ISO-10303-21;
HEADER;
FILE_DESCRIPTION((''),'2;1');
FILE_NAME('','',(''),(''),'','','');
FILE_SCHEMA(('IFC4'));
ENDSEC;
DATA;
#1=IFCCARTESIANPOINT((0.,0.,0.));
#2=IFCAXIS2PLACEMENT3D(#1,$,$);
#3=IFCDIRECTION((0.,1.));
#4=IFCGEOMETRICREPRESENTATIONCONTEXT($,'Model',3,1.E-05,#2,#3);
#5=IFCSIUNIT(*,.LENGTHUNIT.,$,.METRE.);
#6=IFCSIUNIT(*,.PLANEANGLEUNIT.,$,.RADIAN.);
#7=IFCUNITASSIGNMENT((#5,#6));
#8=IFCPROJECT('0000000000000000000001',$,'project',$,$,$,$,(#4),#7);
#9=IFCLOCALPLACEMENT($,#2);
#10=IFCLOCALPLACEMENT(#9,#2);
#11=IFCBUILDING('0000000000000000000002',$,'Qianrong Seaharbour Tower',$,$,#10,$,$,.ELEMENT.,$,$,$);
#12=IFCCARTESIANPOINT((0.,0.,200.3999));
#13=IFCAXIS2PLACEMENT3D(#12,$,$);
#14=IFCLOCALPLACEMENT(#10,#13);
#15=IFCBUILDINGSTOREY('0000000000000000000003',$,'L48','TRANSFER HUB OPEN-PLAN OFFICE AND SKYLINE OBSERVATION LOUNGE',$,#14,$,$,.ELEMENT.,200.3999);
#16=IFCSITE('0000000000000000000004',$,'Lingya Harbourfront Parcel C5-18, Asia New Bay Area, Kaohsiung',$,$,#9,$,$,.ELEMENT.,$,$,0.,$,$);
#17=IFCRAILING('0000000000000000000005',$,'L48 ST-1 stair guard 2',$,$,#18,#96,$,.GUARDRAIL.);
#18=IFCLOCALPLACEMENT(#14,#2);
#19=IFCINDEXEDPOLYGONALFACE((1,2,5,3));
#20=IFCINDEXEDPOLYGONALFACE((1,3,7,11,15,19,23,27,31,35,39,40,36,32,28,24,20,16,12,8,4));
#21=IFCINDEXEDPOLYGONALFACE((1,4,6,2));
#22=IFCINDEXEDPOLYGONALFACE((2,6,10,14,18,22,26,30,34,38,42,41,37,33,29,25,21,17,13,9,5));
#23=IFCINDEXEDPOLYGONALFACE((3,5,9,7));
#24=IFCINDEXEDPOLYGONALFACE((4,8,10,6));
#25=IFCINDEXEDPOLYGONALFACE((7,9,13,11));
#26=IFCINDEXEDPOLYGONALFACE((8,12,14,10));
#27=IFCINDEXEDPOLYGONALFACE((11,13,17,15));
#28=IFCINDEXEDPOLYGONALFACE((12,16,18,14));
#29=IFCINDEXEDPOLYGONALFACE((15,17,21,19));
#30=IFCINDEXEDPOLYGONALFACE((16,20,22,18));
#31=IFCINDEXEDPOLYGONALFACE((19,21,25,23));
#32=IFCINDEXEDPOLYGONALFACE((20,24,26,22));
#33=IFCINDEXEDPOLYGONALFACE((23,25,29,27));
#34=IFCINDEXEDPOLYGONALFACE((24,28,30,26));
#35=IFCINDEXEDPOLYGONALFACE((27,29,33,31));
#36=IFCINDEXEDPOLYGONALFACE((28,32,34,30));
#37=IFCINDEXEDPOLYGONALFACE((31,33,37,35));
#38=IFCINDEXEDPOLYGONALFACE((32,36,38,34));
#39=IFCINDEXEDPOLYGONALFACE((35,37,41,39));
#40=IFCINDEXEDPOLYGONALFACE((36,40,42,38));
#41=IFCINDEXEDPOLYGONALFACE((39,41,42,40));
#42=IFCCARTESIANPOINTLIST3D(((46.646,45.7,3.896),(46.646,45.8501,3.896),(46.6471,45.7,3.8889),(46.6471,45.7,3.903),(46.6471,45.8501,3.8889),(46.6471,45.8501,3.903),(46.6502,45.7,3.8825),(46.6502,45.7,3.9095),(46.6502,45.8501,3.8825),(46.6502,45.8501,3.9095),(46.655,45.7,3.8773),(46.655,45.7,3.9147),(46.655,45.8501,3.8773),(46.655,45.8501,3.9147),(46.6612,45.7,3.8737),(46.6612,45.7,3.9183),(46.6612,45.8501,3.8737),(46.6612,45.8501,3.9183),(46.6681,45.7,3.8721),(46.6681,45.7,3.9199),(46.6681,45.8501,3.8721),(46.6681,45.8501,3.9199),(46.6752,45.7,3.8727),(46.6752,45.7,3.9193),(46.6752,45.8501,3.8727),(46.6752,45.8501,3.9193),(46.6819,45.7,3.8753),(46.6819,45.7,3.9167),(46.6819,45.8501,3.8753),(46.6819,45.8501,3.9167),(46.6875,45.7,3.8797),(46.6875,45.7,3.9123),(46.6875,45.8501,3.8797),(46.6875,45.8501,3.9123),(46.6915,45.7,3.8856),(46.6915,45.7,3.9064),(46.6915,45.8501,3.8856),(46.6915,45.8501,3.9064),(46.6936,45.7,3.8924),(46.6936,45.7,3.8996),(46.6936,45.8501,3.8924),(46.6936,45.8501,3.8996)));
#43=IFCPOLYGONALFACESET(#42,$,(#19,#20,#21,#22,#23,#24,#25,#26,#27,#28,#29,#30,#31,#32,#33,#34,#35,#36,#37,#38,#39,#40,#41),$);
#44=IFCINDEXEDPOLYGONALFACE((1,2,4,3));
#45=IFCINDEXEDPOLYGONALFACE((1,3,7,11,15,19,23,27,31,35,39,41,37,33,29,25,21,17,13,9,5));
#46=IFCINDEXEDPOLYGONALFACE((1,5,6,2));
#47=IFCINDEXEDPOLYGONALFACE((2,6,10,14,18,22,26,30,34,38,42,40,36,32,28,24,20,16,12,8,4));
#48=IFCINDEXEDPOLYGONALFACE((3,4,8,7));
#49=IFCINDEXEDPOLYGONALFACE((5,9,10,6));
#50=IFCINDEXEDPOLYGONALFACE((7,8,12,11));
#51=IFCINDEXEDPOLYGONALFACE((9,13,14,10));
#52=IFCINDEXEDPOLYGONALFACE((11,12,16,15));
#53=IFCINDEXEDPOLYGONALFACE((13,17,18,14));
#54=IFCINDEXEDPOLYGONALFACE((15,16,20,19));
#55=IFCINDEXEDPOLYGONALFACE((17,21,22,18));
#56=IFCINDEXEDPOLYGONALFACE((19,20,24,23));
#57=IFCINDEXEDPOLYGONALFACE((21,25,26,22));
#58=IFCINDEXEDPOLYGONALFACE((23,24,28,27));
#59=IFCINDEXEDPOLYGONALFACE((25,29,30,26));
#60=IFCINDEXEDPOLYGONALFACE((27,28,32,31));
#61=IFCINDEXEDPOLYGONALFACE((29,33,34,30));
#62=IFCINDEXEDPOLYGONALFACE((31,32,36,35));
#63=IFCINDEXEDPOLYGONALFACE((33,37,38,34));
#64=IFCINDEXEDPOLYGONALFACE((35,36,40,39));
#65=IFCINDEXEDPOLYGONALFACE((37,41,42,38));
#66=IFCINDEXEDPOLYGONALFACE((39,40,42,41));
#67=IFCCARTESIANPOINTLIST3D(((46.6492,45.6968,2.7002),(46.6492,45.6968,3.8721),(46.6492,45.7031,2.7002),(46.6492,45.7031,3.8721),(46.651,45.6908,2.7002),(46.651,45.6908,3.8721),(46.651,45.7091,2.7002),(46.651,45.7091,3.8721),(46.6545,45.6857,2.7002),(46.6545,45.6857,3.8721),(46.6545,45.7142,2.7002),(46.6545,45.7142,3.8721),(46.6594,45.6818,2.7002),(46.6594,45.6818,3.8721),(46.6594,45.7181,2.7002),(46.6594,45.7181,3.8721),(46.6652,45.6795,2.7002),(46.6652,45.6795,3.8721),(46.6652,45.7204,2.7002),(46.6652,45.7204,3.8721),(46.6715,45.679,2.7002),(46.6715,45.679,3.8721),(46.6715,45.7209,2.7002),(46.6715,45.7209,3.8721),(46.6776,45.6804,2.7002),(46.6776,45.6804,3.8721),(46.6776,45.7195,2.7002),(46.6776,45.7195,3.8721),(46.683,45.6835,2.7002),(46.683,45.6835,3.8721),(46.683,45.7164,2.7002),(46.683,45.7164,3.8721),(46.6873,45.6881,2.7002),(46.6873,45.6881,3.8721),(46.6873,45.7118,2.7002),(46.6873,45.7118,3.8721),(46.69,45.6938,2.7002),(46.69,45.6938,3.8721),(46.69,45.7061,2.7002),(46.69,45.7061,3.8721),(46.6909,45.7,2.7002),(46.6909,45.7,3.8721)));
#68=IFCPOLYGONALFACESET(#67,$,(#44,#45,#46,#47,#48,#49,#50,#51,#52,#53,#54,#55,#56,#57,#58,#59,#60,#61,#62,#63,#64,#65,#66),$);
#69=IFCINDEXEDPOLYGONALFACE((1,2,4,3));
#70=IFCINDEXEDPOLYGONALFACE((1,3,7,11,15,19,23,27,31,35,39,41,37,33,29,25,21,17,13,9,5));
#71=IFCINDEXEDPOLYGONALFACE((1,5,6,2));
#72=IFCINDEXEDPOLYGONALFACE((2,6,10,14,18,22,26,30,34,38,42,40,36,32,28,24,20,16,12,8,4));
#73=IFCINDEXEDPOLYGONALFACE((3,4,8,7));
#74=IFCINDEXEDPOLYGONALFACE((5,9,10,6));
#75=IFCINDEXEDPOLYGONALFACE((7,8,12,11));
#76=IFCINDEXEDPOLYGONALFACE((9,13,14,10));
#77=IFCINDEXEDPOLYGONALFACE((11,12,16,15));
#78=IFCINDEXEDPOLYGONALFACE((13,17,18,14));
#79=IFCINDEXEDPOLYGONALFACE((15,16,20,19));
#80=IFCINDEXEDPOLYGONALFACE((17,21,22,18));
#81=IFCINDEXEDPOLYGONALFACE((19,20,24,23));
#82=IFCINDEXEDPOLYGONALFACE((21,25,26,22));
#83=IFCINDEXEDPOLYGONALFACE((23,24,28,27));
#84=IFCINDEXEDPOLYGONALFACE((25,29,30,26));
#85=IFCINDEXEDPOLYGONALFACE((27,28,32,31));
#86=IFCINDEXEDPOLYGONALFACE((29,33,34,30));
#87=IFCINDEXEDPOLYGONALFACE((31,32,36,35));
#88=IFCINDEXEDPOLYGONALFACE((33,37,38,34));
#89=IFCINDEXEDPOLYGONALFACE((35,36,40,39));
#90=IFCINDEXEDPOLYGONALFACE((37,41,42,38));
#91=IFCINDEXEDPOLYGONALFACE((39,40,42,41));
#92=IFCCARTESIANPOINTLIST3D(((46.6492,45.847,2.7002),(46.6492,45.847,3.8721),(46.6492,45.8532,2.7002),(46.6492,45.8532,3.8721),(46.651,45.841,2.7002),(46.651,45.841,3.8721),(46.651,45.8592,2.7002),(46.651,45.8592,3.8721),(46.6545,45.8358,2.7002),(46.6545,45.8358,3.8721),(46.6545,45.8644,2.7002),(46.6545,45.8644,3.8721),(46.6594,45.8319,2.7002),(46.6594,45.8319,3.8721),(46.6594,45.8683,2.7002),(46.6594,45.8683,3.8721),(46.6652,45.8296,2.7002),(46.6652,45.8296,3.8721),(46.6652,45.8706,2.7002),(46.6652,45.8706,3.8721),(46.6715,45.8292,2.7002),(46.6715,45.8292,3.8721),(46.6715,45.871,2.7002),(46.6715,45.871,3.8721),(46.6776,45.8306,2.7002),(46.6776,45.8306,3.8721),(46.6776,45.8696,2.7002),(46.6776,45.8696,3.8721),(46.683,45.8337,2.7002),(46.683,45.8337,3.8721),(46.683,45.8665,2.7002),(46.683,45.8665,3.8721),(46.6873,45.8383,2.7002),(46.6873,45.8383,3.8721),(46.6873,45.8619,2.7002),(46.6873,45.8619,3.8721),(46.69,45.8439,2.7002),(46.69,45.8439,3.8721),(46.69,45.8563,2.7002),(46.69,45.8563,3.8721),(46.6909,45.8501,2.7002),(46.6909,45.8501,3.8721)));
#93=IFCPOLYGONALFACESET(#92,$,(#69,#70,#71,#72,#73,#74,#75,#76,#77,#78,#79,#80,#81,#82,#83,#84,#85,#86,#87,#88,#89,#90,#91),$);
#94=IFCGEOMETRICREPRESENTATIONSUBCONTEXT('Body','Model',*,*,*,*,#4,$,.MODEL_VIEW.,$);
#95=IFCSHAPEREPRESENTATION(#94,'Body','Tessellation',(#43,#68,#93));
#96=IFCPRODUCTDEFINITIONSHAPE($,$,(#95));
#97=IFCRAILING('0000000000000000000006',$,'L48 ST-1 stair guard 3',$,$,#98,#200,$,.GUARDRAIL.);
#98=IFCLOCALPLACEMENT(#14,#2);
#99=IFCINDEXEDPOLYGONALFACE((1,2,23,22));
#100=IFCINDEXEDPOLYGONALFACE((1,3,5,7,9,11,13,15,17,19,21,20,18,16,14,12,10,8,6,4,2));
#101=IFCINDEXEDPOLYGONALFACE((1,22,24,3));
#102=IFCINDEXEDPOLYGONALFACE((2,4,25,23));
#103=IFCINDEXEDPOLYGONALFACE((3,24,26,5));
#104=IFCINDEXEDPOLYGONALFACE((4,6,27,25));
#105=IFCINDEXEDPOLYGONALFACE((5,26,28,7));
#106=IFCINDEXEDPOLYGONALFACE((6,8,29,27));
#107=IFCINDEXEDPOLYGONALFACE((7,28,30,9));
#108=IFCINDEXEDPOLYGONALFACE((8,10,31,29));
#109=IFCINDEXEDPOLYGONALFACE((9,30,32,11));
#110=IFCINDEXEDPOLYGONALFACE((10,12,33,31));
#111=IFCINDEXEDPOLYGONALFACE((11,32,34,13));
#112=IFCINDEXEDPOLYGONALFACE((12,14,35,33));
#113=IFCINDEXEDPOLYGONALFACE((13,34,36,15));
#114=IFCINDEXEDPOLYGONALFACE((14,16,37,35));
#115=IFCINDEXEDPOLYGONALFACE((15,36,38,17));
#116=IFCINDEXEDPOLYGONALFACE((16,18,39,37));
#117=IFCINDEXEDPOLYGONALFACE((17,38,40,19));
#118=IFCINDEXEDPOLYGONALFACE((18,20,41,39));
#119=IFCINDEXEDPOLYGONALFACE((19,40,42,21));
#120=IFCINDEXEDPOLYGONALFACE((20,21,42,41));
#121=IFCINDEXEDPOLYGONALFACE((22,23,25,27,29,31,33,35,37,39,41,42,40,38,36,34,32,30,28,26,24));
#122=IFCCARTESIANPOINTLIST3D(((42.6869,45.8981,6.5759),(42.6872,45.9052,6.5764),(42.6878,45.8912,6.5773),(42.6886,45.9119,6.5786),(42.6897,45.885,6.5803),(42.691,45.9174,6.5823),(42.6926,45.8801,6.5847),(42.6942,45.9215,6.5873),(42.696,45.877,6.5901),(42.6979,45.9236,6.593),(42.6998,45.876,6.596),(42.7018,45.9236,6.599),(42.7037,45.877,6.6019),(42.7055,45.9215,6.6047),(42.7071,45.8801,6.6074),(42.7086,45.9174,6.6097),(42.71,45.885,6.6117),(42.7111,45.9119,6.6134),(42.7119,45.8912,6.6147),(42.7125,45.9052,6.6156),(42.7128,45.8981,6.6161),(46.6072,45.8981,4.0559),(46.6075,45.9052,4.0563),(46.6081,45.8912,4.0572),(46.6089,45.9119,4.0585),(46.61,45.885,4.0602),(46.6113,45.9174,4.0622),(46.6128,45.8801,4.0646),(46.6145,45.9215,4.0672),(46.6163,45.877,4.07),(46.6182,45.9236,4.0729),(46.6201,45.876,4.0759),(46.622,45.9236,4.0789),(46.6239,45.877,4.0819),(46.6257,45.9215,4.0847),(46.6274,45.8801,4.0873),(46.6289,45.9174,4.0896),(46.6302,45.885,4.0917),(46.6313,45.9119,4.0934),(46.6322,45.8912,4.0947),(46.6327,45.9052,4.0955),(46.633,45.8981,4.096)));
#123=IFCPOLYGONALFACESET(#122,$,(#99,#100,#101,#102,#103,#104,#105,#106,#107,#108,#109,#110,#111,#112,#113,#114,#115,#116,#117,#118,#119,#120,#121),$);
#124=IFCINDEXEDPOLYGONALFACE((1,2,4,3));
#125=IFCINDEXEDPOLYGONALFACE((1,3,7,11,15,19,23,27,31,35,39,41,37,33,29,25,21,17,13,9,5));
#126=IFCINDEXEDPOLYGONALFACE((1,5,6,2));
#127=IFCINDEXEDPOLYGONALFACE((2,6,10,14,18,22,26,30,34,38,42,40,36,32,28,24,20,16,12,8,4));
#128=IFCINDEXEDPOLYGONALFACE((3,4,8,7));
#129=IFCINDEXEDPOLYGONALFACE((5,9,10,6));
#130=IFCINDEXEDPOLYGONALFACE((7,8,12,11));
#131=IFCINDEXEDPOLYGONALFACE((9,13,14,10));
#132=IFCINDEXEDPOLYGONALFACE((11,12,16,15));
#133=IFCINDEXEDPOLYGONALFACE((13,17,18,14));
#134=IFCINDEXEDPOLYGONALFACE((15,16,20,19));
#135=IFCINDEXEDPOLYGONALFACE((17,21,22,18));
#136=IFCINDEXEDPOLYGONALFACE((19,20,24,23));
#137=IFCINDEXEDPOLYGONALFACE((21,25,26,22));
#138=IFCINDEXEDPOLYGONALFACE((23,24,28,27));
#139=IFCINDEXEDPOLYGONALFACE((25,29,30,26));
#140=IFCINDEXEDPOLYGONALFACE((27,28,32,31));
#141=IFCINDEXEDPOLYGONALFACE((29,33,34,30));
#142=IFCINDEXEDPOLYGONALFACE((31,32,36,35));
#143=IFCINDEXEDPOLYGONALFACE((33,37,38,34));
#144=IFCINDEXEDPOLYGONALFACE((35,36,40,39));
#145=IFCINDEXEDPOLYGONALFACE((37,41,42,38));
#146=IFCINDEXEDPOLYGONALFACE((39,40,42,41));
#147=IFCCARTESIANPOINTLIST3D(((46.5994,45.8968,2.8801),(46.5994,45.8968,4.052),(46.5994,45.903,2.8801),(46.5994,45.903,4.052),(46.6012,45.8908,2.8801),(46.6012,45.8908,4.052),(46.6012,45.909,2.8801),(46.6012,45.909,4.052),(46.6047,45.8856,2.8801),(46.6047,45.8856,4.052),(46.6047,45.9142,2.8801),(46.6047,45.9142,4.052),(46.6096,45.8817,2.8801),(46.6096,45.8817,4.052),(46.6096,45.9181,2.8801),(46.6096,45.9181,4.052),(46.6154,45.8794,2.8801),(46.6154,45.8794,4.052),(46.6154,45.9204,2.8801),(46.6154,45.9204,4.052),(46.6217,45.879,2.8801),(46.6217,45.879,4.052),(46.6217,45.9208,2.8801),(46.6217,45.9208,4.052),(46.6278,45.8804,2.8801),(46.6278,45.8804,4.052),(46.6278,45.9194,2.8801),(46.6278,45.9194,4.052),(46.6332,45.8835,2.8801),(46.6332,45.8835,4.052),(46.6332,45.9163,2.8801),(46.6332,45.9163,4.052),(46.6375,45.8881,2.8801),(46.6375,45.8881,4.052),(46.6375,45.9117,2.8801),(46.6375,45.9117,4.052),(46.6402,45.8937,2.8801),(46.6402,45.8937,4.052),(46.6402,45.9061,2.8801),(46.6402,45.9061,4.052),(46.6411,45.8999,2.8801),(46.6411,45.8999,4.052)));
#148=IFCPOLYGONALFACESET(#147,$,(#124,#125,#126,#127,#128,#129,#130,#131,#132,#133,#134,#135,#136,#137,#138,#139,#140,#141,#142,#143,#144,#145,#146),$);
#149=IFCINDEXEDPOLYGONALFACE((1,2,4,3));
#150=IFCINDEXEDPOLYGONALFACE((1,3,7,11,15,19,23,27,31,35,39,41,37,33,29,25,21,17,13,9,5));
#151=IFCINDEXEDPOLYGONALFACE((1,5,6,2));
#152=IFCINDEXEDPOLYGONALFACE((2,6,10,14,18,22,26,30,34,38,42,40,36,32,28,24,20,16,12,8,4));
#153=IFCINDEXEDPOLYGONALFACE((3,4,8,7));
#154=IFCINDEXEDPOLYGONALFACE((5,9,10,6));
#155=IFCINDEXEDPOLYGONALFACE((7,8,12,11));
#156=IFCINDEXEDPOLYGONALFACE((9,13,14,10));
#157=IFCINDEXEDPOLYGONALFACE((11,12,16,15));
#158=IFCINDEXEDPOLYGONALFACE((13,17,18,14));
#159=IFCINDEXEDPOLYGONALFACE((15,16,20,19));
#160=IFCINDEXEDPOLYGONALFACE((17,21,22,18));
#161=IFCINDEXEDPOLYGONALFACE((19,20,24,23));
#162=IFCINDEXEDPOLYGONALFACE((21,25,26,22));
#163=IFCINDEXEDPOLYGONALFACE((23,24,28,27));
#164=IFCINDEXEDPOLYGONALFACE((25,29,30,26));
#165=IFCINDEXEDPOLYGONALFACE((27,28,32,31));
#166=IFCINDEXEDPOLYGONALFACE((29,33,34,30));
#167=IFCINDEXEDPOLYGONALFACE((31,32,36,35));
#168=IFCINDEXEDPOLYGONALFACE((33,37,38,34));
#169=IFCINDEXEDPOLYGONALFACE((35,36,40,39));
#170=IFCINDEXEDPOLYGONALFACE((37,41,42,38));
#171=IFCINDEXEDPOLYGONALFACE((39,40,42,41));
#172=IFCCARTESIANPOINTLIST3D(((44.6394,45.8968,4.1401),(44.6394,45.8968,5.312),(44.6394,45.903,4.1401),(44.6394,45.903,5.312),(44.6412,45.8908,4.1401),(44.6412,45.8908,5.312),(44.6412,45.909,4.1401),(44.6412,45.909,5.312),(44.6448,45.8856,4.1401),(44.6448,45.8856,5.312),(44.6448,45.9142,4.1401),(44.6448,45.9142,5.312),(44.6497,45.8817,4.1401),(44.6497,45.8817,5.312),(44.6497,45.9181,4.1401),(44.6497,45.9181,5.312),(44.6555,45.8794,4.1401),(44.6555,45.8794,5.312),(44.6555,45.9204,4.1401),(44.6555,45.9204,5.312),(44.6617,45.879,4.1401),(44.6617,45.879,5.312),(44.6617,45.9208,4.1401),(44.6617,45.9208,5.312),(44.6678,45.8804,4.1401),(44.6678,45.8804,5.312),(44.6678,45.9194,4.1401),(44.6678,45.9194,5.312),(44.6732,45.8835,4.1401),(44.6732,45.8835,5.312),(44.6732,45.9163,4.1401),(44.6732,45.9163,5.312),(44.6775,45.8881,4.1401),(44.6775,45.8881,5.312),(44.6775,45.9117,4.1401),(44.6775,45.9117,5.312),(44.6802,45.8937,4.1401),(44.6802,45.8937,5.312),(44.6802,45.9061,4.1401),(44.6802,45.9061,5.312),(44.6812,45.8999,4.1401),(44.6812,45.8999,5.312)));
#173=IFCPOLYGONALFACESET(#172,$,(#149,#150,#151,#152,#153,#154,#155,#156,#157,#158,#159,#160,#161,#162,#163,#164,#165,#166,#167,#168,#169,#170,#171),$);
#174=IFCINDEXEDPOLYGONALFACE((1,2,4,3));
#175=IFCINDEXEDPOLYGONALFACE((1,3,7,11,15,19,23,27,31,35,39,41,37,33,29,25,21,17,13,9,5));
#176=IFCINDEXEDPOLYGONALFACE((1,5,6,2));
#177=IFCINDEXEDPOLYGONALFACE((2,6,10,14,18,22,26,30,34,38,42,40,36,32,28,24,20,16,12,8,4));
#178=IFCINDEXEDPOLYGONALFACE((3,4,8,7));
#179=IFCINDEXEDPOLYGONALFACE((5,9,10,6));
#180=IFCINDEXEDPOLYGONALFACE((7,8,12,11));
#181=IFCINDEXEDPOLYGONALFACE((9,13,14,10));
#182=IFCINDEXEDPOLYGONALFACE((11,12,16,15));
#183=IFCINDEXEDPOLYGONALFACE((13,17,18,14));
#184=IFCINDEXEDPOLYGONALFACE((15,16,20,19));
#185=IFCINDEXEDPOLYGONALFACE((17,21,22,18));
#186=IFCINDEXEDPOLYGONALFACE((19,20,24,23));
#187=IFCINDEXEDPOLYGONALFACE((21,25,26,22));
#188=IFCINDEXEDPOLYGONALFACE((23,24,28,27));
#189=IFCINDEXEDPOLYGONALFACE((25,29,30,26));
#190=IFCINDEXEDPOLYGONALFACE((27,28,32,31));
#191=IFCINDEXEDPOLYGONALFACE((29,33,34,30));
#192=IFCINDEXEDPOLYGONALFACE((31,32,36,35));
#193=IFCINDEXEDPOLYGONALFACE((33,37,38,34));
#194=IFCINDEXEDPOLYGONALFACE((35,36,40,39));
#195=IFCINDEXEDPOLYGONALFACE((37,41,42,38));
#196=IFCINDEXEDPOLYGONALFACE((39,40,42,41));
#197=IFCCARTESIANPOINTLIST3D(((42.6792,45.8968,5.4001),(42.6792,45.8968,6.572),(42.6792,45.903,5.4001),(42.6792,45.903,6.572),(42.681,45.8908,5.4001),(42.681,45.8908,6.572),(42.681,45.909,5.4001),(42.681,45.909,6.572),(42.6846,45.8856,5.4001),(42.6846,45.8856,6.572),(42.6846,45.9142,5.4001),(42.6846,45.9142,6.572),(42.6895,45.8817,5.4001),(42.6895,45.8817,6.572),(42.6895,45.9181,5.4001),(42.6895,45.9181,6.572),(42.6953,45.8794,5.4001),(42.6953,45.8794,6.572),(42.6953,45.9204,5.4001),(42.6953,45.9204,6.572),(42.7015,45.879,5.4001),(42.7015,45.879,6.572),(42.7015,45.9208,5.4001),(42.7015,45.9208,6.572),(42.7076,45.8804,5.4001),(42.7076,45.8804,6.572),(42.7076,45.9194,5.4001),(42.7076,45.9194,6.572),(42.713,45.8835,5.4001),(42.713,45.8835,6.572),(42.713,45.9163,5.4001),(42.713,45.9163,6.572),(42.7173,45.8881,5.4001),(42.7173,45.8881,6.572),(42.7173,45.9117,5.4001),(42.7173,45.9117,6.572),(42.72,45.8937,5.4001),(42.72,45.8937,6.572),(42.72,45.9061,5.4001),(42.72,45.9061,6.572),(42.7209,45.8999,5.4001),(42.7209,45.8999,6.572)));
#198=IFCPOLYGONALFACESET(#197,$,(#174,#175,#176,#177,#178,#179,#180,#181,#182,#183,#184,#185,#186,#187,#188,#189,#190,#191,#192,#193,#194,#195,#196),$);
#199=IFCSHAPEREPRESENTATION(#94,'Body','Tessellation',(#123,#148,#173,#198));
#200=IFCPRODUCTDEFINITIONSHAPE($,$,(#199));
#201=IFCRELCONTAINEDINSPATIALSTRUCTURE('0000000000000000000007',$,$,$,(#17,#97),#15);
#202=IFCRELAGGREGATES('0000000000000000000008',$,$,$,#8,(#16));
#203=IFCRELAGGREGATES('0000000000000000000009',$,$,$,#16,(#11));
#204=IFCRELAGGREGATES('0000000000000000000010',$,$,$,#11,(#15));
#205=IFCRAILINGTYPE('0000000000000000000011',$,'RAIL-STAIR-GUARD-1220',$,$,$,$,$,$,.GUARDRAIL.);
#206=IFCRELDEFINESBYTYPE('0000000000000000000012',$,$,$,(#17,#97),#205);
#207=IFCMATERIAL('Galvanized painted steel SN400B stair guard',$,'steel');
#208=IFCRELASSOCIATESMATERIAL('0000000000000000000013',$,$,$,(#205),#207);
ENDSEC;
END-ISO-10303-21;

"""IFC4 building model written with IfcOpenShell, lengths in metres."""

from ifc_helpers import new_model, si_unit, direction, frame, origin, origin_2d, place, context, subcontext, project, spatial, circle, extrude, material, type_object, element, save


model = new_model("IFC4")

# Units and contexts
model_context = context("Model", 3, precision=1e-05, world=origin(), true_north=direction((0.0, 1.0)))
body_context = subcontext(model_context, "Body", "Model", "MODEL_VIEW")
ifc_project = project(units=[si_unit("LENGTHUNIT", "METRE"), si_unit("PLANEANGLEUNIT", "RADIAN")], contexts=[model_context])

# Site, building, storey
site_placement = place(None, origin())
site = spatial("IfcSite", under=ifc_project, at=site_placement, Name="Lingya Harbourfront Parcel C5-18, Asia New Bay Area, Kaohsiung", CompositionType="ELEMENT", RefElevation=0.0)
building_placement = place(site_placement, origin())
building = spatial("IfcBuilding", under=site, at=building_placement, Name="Qianrong Seaharbour Tower", CompositionType="ELEMENT")
storey_placement = place(building_placement, frame((0.0, 0.0, 200.3999)))
storey = spatial("IfcBuildingStorey", under=building, at=storey_placement, Name="L48", Description="TRANSFER HUB OPEN-PLAN OFFICE AND SKYLINE OBSERVATION LOUNGE", CompositionType="ELEMENT", Elevation=200.3999)

# Railings
ifc_material_1 = material(Name="Galvanized painted steel SN400B stair guard", Category="steel")
railing_type_1 = type_object("IfcRailingType", Name="RAIL-STAIR-GUARD-1220", PredefinedType="GUARDRAIL", material=ifc_material_1)
railing_1_placement = place(storey_placement, frame((46.6699, 45.7, 2.7002)))
element("IfcRailing", 1, at=railing_1_placement, inside=storey, type_object=railing_type_1, Name="L48 ST-1 stair guard 2", PredefinedType="GUARDRAIL", context=body_context, shape_type="SweptSolid", body=[
    extrude(circle(Radius=0.0239, at=origin_2d()), frame((0.0, 0.0, 1.1958), z_axis=(0.0, 1.0, 0.0), x_axis=(-1.0, 0.0, 0.0)), (0.0, 0.0, 1.0), 0.1501),
    extrude(circle(Radius=0.021, at=origin_2d()), origin(), (0.0, 0.0, 1.0), 1.1719),
    extrude(circle(Radius=0.021, at=origin_2d()), frame((0.0, 0.1501, 0.0)), (0.0, 0.0, 1.0), 1.1719),
])
railing_2_placement = place(storey_placement, frame((46.6201, 45.8999, 2.8801)))
element("IfcRailing", 2, at=railing_2_placement, inside=storey, type_object=railing_type_1, Name="L48 ST-1 stair guard 3", PredefinedType="GUARDRAIL", context=body_context, shape_type="SweptSolid", body=[
    extrude(circle(Radius=0.0239, at=origin_2d()), frame((0.0, 0.0, 1.1958), z_axis=(-0.841187, 0.0, 0.540744), x_axis=(0.0, -1.0, 0.0)), (0.0, 0.0, 1.0), 4.6604),
    extrude(circle(Radius=0.021, at=origin_2d()), origin(), (0.0, 0.0, 1.0), 1.1719),
    extrude(circle(Radius=0.021, at=origin_2d()), frame((-1.96, 0.0, 1.26)), (0.0, 0.0, 1.0), 1.1719),
    extrude(circle(Radius=0.021, at=origin_2d()), frame((-3.9202, 0.0, 2.52)), (0.0, 0.0, 1.0), 1.1719),
])

save(model, "model.ifc")
